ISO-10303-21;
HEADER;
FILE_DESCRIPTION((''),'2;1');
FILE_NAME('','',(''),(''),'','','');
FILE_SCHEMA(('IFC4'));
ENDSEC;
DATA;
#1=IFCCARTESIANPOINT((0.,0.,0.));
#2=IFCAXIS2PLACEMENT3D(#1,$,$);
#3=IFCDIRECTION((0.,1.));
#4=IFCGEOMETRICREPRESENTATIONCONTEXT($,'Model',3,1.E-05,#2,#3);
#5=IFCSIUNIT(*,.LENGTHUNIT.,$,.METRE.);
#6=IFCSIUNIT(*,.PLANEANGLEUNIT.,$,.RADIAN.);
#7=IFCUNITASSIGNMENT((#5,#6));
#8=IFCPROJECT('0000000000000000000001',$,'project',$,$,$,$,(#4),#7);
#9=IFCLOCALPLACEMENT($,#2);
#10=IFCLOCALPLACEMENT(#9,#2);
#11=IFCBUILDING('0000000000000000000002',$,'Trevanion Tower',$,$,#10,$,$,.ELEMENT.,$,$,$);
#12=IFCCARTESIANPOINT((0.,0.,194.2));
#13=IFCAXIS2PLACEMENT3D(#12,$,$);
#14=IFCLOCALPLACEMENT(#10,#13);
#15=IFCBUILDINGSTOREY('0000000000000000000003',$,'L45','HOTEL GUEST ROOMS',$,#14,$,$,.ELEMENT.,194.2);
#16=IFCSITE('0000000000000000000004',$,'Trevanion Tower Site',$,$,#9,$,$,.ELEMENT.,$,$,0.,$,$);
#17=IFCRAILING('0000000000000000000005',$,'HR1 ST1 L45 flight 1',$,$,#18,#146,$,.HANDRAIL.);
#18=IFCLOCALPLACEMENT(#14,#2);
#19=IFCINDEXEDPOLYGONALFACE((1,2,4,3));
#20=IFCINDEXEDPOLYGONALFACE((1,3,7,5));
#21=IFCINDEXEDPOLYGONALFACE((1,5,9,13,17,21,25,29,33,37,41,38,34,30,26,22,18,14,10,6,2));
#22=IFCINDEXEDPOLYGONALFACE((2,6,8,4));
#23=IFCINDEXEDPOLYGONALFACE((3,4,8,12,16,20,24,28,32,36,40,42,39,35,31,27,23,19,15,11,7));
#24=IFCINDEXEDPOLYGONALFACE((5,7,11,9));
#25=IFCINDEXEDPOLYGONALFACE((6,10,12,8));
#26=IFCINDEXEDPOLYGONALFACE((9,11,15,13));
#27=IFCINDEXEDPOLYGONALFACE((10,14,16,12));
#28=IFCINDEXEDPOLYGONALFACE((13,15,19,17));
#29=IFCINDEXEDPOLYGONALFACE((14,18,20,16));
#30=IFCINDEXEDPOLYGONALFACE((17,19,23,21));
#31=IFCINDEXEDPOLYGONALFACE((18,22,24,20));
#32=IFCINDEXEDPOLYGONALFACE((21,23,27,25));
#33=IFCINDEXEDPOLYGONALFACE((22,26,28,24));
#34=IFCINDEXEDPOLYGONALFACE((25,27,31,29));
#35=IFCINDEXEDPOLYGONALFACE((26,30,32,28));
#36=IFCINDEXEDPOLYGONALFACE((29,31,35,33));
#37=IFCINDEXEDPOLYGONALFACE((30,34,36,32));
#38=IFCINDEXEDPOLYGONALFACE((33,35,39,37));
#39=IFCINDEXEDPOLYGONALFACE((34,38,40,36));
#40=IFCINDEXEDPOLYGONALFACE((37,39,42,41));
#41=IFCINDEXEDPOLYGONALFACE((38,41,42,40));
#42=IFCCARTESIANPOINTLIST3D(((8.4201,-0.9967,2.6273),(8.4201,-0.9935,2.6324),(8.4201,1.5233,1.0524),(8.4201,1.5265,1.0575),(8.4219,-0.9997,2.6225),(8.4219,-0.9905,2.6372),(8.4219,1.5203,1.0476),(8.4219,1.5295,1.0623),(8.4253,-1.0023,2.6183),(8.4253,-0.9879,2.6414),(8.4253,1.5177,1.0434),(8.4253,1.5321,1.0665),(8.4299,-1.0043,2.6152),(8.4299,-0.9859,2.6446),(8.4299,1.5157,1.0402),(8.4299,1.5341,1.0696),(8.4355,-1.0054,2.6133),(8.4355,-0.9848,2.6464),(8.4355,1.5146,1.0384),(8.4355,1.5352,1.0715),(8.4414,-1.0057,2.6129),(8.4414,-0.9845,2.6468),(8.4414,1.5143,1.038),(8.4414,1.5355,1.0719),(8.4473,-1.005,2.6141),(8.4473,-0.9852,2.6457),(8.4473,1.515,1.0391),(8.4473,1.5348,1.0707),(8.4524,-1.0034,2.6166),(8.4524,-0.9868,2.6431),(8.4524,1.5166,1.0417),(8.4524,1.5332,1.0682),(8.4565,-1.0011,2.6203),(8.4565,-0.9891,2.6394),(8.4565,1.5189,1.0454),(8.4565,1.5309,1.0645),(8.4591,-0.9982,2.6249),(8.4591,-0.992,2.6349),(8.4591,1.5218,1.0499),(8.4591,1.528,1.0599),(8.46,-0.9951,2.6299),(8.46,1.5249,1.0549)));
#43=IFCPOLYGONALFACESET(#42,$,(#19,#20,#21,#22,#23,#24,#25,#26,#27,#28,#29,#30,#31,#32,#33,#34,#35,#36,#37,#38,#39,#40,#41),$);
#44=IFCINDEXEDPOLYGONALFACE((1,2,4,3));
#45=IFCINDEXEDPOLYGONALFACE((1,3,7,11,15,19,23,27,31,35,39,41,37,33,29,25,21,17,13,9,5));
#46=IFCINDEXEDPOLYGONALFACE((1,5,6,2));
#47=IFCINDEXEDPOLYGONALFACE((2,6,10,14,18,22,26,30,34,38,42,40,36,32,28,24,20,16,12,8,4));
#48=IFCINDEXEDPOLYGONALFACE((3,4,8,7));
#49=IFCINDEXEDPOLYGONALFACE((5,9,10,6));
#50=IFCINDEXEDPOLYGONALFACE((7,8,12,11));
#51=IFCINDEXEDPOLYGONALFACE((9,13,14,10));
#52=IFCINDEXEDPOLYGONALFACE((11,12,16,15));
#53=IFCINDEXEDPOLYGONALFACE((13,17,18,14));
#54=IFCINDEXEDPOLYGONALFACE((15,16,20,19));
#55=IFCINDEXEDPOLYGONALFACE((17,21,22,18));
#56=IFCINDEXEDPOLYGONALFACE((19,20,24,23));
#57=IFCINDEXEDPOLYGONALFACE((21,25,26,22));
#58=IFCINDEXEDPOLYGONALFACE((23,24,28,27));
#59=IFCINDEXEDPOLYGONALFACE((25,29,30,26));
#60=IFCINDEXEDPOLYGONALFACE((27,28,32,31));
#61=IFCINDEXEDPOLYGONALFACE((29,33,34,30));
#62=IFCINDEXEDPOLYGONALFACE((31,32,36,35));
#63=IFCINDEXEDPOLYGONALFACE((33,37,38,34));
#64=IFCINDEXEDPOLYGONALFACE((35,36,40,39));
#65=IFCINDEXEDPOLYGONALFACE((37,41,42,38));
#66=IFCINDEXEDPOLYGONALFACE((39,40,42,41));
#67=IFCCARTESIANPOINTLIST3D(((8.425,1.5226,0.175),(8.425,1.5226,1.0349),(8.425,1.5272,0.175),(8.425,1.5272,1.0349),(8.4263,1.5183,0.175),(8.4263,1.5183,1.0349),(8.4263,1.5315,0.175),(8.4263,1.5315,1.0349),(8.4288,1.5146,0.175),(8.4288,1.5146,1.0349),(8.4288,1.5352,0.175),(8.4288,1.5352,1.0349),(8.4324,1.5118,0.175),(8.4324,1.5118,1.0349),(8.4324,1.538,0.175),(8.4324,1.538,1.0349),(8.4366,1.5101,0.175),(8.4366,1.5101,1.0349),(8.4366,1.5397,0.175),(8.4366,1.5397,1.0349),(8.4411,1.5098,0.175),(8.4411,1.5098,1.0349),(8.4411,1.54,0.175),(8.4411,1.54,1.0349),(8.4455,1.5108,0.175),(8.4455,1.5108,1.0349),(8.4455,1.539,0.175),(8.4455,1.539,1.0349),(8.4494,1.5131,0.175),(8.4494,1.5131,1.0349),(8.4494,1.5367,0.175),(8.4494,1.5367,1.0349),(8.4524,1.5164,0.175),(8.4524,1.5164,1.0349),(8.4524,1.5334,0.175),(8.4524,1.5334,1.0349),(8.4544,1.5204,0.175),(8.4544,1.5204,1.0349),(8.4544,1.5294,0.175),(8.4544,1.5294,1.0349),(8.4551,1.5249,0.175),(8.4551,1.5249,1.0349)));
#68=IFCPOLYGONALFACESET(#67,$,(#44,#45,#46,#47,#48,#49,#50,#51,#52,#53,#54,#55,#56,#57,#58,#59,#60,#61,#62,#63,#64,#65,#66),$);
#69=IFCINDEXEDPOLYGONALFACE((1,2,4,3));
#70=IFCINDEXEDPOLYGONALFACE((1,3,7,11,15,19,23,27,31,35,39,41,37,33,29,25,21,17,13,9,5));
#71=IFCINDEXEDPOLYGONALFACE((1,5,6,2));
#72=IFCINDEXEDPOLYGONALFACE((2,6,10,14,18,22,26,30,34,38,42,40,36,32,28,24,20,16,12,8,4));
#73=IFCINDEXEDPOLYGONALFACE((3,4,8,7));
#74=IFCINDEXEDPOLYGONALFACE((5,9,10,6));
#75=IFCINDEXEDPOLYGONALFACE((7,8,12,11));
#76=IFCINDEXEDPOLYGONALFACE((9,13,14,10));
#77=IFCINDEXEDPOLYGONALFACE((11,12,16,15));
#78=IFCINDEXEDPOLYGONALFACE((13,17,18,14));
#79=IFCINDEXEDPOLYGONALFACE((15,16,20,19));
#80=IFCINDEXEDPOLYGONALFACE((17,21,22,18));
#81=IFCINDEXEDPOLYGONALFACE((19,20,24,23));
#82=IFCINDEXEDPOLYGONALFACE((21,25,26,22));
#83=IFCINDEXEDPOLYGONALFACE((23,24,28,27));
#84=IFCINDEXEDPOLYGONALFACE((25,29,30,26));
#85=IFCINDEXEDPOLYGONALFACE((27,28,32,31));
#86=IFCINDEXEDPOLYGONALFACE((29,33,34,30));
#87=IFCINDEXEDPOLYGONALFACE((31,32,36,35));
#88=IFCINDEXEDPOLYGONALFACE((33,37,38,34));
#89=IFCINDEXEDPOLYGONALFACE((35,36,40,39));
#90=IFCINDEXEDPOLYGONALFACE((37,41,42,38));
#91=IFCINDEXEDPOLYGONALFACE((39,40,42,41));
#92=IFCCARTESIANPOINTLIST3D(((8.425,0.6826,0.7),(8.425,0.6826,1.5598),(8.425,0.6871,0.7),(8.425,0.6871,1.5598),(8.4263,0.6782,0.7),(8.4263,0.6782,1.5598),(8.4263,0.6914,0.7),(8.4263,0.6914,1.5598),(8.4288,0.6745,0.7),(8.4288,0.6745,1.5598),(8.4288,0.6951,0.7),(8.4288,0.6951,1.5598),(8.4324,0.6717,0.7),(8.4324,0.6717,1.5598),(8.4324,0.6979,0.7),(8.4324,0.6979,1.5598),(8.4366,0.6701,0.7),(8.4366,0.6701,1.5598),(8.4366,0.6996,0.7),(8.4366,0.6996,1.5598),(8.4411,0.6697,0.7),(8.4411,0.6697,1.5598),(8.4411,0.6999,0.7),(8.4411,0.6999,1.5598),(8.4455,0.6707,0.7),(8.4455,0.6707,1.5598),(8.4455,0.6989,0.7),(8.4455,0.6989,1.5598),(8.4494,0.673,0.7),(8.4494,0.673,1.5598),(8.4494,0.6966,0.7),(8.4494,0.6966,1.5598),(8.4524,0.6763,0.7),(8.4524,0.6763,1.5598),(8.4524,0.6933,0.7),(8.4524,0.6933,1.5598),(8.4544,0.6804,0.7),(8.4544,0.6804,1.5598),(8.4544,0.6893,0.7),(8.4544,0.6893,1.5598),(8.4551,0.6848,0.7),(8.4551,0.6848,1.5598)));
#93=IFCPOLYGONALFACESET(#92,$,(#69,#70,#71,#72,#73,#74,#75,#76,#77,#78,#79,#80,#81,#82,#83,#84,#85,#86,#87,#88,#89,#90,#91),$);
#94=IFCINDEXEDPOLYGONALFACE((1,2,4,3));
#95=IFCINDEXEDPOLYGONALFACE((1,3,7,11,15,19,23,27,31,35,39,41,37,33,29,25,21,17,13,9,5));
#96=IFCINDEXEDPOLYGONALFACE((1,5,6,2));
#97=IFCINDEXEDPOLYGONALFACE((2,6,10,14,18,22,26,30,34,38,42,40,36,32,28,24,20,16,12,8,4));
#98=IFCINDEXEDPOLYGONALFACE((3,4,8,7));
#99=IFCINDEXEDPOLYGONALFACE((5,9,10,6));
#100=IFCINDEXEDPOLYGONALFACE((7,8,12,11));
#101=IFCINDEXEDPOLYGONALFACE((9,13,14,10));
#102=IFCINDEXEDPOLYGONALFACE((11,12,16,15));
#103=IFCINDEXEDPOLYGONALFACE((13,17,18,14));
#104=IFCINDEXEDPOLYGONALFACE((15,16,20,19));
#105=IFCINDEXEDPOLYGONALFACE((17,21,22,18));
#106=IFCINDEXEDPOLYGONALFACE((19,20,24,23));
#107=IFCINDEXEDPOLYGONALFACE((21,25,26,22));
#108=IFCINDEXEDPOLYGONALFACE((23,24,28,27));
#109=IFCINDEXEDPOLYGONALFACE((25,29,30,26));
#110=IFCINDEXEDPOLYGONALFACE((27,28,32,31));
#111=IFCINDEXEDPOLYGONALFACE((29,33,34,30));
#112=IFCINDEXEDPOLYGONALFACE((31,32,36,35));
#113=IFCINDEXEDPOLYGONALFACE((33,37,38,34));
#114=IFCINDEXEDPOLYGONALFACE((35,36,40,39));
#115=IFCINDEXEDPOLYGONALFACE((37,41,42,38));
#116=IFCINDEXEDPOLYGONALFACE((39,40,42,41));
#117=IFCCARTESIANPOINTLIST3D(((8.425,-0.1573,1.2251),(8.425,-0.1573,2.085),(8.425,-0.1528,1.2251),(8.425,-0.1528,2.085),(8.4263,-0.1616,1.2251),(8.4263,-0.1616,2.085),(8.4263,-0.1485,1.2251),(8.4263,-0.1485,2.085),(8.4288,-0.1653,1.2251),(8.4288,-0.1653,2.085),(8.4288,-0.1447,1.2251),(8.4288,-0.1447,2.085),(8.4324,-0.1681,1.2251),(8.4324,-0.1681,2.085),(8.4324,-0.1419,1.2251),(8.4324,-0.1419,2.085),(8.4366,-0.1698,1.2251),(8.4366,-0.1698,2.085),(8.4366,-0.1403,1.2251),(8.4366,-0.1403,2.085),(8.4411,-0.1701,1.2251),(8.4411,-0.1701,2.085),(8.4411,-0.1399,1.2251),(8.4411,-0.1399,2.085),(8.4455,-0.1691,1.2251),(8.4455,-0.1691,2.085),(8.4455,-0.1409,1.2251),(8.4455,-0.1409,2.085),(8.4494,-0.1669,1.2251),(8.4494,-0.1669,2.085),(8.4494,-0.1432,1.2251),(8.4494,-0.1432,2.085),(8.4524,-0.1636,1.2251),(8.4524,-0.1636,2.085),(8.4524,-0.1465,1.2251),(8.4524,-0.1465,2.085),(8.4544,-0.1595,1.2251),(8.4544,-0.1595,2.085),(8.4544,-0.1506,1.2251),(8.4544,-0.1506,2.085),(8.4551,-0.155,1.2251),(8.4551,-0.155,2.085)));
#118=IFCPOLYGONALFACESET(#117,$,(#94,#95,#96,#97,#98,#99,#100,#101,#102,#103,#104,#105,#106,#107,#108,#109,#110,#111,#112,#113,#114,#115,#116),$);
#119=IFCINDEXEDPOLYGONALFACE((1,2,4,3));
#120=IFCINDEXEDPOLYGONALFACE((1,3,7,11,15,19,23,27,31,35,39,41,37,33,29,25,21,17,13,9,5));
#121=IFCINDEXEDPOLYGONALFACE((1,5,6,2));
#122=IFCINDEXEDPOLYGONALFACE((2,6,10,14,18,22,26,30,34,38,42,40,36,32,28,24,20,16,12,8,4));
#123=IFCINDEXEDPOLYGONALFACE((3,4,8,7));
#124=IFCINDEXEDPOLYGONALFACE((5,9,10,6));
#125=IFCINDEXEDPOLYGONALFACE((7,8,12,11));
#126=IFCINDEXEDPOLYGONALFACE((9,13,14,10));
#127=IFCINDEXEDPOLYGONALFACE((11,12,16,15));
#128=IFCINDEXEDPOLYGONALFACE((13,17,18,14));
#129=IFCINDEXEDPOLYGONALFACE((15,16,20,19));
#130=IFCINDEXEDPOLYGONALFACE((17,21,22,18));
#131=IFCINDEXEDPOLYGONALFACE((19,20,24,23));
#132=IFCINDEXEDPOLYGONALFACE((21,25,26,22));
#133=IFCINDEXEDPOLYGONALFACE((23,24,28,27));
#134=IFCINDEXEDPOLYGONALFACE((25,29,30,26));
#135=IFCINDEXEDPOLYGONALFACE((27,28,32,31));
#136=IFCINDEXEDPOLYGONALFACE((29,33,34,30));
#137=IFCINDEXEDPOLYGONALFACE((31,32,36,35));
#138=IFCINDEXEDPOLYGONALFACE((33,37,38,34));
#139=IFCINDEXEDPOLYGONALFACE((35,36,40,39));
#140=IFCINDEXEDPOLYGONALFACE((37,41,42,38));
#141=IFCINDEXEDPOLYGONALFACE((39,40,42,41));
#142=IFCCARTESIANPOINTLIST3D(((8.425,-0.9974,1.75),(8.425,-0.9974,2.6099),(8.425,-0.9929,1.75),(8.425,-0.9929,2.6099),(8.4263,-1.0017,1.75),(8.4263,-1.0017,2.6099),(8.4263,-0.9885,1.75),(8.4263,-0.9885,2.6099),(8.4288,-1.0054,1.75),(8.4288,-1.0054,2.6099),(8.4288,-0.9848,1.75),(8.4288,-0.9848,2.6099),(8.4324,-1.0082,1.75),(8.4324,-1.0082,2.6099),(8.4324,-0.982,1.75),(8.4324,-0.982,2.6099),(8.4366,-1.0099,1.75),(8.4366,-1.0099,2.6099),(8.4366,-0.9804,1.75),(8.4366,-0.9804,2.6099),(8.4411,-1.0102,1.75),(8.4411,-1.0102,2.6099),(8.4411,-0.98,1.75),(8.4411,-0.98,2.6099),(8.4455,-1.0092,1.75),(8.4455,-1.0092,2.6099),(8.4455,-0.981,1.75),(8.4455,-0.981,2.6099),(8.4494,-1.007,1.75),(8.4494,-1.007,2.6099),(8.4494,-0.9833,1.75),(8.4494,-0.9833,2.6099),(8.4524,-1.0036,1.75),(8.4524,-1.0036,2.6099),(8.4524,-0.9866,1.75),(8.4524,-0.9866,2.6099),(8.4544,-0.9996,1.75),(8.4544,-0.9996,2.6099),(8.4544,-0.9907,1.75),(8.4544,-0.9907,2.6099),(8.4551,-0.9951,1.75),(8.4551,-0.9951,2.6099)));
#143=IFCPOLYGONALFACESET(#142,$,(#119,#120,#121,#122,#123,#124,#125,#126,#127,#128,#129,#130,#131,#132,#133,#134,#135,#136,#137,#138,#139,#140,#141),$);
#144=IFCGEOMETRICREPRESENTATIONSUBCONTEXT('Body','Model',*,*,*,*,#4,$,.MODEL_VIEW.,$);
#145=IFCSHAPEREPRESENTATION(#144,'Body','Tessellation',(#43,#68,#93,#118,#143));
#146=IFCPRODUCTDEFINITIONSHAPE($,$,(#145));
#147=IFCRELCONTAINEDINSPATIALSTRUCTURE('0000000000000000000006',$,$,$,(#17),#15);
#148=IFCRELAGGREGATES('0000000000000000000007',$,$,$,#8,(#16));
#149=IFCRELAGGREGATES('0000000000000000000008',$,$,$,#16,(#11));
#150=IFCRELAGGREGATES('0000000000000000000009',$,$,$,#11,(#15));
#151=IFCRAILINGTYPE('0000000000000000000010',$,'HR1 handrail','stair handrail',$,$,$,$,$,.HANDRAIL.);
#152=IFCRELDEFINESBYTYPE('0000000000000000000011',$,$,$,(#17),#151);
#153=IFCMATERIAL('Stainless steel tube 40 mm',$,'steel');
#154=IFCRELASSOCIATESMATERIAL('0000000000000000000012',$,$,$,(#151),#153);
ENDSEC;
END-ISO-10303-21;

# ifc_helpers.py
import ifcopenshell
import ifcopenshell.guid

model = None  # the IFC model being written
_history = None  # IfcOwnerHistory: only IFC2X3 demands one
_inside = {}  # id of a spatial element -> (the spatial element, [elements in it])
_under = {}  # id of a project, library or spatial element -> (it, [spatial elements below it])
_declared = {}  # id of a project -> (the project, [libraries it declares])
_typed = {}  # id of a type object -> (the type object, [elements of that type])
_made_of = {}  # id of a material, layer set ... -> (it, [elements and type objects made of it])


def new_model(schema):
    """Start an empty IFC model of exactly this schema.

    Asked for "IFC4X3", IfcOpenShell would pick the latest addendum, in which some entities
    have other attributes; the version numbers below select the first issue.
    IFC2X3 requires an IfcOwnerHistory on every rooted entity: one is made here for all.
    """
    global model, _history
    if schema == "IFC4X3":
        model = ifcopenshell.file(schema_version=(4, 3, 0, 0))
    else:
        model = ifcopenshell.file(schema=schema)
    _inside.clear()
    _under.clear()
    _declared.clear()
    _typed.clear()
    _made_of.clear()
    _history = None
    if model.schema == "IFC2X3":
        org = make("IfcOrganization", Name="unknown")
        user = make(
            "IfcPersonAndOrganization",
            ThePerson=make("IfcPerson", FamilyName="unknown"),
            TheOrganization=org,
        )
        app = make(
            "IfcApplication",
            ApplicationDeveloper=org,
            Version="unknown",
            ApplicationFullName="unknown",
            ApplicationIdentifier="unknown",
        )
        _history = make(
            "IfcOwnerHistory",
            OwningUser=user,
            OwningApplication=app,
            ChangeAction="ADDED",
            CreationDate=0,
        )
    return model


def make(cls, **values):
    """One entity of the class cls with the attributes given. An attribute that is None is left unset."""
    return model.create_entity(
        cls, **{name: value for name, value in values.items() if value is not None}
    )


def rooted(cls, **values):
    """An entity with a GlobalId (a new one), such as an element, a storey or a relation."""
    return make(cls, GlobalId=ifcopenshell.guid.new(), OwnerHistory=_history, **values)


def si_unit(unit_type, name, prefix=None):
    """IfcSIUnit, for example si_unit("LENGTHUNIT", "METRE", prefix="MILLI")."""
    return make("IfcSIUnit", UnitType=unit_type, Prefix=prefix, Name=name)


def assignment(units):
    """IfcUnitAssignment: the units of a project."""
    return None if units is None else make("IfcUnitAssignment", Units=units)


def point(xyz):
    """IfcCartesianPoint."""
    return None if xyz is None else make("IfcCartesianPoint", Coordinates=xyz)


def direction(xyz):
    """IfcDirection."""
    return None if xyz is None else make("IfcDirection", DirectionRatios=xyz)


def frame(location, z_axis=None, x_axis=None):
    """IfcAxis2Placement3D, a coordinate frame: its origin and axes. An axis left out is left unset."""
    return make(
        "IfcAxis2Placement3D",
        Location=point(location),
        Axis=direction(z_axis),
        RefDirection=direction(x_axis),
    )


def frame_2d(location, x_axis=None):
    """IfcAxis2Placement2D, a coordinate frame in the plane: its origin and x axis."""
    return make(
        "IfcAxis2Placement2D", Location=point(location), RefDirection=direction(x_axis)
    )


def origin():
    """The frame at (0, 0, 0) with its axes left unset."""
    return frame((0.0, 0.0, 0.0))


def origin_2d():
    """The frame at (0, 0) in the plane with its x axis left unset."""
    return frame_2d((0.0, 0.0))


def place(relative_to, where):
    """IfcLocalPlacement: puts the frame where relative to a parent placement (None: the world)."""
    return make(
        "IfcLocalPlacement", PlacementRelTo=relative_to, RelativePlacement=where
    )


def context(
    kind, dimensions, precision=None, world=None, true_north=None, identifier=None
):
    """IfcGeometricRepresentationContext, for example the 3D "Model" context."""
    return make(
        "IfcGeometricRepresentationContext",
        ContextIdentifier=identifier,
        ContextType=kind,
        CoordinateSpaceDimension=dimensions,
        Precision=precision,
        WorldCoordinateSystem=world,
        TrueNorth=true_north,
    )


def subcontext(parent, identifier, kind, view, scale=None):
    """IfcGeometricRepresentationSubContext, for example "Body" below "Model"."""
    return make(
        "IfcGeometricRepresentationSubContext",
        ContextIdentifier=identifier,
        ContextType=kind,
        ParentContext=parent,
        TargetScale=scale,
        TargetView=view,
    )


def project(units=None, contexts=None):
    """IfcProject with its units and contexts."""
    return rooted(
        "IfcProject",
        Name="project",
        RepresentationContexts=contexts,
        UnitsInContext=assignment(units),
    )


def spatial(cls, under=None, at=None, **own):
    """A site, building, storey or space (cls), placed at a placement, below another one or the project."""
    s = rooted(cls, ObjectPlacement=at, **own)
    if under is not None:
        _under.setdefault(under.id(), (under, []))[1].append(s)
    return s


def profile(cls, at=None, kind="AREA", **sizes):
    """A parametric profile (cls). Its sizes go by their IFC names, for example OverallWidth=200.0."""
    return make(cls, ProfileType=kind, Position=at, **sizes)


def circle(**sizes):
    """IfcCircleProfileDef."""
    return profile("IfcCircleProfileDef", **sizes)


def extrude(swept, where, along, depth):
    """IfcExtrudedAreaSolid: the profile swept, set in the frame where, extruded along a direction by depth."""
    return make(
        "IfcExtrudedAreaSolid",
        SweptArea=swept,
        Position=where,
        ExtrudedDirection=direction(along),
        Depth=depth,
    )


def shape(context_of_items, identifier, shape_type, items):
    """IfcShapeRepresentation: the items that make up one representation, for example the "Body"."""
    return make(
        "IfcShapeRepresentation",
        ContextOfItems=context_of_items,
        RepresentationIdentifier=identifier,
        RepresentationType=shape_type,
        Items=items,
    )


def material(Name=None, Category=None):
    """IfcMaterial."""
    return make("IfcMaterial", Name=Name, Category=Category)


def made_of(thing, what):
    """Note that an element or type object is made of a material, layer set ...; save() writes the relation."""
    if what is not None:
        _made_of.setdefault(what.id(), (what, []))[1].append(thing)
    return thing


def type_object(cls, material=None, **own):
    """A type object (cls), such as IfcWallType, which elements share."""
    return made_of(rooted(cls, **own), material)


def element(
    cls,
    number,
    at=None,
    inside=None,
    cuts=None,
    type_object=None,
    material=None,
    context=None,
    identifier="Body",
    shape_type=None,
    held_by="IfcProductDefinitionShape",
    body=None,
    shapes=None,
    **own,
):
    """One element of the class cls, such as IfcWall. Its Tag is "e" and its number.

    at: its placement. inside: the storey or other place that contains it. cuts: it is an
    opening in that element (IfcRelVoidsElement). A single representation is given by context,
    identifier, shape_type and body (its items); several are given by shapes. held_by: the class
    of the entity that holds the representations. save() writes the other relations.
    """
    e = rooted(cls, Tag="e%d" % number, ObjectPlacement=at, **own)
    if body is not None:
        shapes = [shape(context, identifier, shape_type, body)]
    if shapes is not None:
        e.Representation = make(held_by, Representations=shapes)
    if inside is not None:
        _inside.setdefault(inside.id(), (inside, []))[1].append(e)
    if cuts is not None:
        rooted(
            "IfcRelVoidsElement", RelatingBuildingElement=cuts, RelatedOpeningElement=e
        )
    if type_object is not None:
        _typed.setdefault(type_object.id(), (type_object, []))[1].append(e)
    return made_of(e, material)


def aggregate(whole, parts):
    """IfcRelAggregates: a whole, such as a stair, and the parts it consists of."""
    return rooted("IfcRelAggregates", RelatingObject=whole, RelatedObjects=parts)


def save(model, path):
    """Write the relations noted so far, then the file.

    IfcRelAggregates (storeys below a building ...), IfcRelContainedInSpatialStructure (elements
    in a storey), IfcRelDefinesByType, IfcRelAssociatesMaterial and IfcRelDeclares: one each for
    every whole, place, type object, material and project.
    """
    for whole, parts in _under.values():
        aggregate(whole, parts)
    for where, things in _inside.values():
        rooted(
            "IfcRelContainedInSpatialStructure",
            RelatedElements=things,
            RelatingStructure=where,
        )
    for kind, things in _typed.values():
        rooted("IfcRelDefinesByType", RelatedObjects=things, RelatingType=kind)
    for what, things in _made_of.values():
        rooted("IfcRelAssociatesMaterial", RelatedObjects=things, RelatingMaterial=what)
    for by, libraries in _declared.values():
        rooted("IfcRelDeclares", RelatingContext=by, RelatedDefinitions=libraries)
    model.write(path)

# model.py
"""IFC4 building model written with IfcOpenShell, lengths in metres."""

from ifc_helpers import new_model, si_unit, direction, frame, origin, origin_2d, place, context, subcontext, project, spatial, circle, extrude, material, type_object, element, save


model = new_model("IFC4")

# Units and contexts
model_context = context("Model", 3, precision=1e-05, world=origin(), true_north=direction((0.0, 1.0)))
body_context = subcontext(model_context, "Body", "Model", "MODEL_VIEW")
ifc_project = project(units=[si_unit("LENGTHUNIT", "METRE"), si_unit("PLANEANGLEUNIT", "RADIAN")], contexts=[model_context])

# Site, building, storey
site_placement = place(None, origin())
site = spatial("IfcSite", under=ifc_project, at=site_placement, Name="Trevanion Tower Site", CompositionType="ELEMENT", RefElevation=0.0)
building_placement = place(site_placement, origin())
building = spatial("IfcBuilding", under=site, at=building_placement, Name="Trevanion Tower", CompositionType="ELEMENT")
storey_placement = place(building_placement, frame((0.0, 0.0, 194.2)))
storey = spatial("IfcBuildingStorey", under=building, at=storey_placement, Name="L45", Description="HOTEL GUEST ROOMS", CompositionType="ELEMENT", Elevation=194.2)

# Railing
ifc_material_1 = material(Name="Stainless steel tube 40 mm", Category="steel")
railing_type = type_object("IfcRailingType", Name="HR1 handrail", Description="stair handrail", PredefinedType="HANDRAIL", material=ifc_material_1)
for number, where, name in (
    (1, (8.4399, 1.5249, 0.175), "HR1 ST1 L45 flight 1"),
):
    element("IfcRailing", number, at=place(storey_placement, frame(where)), inside=storey, type_object=railing_type, Name=name, PredefinedType="HANDRAIL", context=body_context, shape_type="SweptSolid", body=[
        extrude(circle(Radius=0.02, at=origin_2d()), frame((0.0, 0.0, 0.8799), z_axis=(0.0, -0.848008, 0.529984), x_axis=(1.0, 0.0, 0.0)), (0.0, 0.0, 1.0), 2.9717),
        extrude(circle(Radius=0.0151, at=origin_2d()), origin(), (0.0, 0.0, 1.0), 0.8599),
        extrude(circle(Radius=0.0151, at=origin_2d()), frame((0.0, -0.8401, 0.5249)), (0.0, 0.0, 1.0), 0.8599),
        extrude(circle(Radius=0.0151, at=origin_2d()), frame((0.0, -1.6799, 1.05)), (0.0, 0.0, 1.0), 0.8599),
        extrude(circle(Radius=0.0151, at=origin_2d()), frame((0.0, -2.52, 1.575)), (0.0, 0.0, 1.0), 0.8599),
    ])

save(model, "model.ifc")
